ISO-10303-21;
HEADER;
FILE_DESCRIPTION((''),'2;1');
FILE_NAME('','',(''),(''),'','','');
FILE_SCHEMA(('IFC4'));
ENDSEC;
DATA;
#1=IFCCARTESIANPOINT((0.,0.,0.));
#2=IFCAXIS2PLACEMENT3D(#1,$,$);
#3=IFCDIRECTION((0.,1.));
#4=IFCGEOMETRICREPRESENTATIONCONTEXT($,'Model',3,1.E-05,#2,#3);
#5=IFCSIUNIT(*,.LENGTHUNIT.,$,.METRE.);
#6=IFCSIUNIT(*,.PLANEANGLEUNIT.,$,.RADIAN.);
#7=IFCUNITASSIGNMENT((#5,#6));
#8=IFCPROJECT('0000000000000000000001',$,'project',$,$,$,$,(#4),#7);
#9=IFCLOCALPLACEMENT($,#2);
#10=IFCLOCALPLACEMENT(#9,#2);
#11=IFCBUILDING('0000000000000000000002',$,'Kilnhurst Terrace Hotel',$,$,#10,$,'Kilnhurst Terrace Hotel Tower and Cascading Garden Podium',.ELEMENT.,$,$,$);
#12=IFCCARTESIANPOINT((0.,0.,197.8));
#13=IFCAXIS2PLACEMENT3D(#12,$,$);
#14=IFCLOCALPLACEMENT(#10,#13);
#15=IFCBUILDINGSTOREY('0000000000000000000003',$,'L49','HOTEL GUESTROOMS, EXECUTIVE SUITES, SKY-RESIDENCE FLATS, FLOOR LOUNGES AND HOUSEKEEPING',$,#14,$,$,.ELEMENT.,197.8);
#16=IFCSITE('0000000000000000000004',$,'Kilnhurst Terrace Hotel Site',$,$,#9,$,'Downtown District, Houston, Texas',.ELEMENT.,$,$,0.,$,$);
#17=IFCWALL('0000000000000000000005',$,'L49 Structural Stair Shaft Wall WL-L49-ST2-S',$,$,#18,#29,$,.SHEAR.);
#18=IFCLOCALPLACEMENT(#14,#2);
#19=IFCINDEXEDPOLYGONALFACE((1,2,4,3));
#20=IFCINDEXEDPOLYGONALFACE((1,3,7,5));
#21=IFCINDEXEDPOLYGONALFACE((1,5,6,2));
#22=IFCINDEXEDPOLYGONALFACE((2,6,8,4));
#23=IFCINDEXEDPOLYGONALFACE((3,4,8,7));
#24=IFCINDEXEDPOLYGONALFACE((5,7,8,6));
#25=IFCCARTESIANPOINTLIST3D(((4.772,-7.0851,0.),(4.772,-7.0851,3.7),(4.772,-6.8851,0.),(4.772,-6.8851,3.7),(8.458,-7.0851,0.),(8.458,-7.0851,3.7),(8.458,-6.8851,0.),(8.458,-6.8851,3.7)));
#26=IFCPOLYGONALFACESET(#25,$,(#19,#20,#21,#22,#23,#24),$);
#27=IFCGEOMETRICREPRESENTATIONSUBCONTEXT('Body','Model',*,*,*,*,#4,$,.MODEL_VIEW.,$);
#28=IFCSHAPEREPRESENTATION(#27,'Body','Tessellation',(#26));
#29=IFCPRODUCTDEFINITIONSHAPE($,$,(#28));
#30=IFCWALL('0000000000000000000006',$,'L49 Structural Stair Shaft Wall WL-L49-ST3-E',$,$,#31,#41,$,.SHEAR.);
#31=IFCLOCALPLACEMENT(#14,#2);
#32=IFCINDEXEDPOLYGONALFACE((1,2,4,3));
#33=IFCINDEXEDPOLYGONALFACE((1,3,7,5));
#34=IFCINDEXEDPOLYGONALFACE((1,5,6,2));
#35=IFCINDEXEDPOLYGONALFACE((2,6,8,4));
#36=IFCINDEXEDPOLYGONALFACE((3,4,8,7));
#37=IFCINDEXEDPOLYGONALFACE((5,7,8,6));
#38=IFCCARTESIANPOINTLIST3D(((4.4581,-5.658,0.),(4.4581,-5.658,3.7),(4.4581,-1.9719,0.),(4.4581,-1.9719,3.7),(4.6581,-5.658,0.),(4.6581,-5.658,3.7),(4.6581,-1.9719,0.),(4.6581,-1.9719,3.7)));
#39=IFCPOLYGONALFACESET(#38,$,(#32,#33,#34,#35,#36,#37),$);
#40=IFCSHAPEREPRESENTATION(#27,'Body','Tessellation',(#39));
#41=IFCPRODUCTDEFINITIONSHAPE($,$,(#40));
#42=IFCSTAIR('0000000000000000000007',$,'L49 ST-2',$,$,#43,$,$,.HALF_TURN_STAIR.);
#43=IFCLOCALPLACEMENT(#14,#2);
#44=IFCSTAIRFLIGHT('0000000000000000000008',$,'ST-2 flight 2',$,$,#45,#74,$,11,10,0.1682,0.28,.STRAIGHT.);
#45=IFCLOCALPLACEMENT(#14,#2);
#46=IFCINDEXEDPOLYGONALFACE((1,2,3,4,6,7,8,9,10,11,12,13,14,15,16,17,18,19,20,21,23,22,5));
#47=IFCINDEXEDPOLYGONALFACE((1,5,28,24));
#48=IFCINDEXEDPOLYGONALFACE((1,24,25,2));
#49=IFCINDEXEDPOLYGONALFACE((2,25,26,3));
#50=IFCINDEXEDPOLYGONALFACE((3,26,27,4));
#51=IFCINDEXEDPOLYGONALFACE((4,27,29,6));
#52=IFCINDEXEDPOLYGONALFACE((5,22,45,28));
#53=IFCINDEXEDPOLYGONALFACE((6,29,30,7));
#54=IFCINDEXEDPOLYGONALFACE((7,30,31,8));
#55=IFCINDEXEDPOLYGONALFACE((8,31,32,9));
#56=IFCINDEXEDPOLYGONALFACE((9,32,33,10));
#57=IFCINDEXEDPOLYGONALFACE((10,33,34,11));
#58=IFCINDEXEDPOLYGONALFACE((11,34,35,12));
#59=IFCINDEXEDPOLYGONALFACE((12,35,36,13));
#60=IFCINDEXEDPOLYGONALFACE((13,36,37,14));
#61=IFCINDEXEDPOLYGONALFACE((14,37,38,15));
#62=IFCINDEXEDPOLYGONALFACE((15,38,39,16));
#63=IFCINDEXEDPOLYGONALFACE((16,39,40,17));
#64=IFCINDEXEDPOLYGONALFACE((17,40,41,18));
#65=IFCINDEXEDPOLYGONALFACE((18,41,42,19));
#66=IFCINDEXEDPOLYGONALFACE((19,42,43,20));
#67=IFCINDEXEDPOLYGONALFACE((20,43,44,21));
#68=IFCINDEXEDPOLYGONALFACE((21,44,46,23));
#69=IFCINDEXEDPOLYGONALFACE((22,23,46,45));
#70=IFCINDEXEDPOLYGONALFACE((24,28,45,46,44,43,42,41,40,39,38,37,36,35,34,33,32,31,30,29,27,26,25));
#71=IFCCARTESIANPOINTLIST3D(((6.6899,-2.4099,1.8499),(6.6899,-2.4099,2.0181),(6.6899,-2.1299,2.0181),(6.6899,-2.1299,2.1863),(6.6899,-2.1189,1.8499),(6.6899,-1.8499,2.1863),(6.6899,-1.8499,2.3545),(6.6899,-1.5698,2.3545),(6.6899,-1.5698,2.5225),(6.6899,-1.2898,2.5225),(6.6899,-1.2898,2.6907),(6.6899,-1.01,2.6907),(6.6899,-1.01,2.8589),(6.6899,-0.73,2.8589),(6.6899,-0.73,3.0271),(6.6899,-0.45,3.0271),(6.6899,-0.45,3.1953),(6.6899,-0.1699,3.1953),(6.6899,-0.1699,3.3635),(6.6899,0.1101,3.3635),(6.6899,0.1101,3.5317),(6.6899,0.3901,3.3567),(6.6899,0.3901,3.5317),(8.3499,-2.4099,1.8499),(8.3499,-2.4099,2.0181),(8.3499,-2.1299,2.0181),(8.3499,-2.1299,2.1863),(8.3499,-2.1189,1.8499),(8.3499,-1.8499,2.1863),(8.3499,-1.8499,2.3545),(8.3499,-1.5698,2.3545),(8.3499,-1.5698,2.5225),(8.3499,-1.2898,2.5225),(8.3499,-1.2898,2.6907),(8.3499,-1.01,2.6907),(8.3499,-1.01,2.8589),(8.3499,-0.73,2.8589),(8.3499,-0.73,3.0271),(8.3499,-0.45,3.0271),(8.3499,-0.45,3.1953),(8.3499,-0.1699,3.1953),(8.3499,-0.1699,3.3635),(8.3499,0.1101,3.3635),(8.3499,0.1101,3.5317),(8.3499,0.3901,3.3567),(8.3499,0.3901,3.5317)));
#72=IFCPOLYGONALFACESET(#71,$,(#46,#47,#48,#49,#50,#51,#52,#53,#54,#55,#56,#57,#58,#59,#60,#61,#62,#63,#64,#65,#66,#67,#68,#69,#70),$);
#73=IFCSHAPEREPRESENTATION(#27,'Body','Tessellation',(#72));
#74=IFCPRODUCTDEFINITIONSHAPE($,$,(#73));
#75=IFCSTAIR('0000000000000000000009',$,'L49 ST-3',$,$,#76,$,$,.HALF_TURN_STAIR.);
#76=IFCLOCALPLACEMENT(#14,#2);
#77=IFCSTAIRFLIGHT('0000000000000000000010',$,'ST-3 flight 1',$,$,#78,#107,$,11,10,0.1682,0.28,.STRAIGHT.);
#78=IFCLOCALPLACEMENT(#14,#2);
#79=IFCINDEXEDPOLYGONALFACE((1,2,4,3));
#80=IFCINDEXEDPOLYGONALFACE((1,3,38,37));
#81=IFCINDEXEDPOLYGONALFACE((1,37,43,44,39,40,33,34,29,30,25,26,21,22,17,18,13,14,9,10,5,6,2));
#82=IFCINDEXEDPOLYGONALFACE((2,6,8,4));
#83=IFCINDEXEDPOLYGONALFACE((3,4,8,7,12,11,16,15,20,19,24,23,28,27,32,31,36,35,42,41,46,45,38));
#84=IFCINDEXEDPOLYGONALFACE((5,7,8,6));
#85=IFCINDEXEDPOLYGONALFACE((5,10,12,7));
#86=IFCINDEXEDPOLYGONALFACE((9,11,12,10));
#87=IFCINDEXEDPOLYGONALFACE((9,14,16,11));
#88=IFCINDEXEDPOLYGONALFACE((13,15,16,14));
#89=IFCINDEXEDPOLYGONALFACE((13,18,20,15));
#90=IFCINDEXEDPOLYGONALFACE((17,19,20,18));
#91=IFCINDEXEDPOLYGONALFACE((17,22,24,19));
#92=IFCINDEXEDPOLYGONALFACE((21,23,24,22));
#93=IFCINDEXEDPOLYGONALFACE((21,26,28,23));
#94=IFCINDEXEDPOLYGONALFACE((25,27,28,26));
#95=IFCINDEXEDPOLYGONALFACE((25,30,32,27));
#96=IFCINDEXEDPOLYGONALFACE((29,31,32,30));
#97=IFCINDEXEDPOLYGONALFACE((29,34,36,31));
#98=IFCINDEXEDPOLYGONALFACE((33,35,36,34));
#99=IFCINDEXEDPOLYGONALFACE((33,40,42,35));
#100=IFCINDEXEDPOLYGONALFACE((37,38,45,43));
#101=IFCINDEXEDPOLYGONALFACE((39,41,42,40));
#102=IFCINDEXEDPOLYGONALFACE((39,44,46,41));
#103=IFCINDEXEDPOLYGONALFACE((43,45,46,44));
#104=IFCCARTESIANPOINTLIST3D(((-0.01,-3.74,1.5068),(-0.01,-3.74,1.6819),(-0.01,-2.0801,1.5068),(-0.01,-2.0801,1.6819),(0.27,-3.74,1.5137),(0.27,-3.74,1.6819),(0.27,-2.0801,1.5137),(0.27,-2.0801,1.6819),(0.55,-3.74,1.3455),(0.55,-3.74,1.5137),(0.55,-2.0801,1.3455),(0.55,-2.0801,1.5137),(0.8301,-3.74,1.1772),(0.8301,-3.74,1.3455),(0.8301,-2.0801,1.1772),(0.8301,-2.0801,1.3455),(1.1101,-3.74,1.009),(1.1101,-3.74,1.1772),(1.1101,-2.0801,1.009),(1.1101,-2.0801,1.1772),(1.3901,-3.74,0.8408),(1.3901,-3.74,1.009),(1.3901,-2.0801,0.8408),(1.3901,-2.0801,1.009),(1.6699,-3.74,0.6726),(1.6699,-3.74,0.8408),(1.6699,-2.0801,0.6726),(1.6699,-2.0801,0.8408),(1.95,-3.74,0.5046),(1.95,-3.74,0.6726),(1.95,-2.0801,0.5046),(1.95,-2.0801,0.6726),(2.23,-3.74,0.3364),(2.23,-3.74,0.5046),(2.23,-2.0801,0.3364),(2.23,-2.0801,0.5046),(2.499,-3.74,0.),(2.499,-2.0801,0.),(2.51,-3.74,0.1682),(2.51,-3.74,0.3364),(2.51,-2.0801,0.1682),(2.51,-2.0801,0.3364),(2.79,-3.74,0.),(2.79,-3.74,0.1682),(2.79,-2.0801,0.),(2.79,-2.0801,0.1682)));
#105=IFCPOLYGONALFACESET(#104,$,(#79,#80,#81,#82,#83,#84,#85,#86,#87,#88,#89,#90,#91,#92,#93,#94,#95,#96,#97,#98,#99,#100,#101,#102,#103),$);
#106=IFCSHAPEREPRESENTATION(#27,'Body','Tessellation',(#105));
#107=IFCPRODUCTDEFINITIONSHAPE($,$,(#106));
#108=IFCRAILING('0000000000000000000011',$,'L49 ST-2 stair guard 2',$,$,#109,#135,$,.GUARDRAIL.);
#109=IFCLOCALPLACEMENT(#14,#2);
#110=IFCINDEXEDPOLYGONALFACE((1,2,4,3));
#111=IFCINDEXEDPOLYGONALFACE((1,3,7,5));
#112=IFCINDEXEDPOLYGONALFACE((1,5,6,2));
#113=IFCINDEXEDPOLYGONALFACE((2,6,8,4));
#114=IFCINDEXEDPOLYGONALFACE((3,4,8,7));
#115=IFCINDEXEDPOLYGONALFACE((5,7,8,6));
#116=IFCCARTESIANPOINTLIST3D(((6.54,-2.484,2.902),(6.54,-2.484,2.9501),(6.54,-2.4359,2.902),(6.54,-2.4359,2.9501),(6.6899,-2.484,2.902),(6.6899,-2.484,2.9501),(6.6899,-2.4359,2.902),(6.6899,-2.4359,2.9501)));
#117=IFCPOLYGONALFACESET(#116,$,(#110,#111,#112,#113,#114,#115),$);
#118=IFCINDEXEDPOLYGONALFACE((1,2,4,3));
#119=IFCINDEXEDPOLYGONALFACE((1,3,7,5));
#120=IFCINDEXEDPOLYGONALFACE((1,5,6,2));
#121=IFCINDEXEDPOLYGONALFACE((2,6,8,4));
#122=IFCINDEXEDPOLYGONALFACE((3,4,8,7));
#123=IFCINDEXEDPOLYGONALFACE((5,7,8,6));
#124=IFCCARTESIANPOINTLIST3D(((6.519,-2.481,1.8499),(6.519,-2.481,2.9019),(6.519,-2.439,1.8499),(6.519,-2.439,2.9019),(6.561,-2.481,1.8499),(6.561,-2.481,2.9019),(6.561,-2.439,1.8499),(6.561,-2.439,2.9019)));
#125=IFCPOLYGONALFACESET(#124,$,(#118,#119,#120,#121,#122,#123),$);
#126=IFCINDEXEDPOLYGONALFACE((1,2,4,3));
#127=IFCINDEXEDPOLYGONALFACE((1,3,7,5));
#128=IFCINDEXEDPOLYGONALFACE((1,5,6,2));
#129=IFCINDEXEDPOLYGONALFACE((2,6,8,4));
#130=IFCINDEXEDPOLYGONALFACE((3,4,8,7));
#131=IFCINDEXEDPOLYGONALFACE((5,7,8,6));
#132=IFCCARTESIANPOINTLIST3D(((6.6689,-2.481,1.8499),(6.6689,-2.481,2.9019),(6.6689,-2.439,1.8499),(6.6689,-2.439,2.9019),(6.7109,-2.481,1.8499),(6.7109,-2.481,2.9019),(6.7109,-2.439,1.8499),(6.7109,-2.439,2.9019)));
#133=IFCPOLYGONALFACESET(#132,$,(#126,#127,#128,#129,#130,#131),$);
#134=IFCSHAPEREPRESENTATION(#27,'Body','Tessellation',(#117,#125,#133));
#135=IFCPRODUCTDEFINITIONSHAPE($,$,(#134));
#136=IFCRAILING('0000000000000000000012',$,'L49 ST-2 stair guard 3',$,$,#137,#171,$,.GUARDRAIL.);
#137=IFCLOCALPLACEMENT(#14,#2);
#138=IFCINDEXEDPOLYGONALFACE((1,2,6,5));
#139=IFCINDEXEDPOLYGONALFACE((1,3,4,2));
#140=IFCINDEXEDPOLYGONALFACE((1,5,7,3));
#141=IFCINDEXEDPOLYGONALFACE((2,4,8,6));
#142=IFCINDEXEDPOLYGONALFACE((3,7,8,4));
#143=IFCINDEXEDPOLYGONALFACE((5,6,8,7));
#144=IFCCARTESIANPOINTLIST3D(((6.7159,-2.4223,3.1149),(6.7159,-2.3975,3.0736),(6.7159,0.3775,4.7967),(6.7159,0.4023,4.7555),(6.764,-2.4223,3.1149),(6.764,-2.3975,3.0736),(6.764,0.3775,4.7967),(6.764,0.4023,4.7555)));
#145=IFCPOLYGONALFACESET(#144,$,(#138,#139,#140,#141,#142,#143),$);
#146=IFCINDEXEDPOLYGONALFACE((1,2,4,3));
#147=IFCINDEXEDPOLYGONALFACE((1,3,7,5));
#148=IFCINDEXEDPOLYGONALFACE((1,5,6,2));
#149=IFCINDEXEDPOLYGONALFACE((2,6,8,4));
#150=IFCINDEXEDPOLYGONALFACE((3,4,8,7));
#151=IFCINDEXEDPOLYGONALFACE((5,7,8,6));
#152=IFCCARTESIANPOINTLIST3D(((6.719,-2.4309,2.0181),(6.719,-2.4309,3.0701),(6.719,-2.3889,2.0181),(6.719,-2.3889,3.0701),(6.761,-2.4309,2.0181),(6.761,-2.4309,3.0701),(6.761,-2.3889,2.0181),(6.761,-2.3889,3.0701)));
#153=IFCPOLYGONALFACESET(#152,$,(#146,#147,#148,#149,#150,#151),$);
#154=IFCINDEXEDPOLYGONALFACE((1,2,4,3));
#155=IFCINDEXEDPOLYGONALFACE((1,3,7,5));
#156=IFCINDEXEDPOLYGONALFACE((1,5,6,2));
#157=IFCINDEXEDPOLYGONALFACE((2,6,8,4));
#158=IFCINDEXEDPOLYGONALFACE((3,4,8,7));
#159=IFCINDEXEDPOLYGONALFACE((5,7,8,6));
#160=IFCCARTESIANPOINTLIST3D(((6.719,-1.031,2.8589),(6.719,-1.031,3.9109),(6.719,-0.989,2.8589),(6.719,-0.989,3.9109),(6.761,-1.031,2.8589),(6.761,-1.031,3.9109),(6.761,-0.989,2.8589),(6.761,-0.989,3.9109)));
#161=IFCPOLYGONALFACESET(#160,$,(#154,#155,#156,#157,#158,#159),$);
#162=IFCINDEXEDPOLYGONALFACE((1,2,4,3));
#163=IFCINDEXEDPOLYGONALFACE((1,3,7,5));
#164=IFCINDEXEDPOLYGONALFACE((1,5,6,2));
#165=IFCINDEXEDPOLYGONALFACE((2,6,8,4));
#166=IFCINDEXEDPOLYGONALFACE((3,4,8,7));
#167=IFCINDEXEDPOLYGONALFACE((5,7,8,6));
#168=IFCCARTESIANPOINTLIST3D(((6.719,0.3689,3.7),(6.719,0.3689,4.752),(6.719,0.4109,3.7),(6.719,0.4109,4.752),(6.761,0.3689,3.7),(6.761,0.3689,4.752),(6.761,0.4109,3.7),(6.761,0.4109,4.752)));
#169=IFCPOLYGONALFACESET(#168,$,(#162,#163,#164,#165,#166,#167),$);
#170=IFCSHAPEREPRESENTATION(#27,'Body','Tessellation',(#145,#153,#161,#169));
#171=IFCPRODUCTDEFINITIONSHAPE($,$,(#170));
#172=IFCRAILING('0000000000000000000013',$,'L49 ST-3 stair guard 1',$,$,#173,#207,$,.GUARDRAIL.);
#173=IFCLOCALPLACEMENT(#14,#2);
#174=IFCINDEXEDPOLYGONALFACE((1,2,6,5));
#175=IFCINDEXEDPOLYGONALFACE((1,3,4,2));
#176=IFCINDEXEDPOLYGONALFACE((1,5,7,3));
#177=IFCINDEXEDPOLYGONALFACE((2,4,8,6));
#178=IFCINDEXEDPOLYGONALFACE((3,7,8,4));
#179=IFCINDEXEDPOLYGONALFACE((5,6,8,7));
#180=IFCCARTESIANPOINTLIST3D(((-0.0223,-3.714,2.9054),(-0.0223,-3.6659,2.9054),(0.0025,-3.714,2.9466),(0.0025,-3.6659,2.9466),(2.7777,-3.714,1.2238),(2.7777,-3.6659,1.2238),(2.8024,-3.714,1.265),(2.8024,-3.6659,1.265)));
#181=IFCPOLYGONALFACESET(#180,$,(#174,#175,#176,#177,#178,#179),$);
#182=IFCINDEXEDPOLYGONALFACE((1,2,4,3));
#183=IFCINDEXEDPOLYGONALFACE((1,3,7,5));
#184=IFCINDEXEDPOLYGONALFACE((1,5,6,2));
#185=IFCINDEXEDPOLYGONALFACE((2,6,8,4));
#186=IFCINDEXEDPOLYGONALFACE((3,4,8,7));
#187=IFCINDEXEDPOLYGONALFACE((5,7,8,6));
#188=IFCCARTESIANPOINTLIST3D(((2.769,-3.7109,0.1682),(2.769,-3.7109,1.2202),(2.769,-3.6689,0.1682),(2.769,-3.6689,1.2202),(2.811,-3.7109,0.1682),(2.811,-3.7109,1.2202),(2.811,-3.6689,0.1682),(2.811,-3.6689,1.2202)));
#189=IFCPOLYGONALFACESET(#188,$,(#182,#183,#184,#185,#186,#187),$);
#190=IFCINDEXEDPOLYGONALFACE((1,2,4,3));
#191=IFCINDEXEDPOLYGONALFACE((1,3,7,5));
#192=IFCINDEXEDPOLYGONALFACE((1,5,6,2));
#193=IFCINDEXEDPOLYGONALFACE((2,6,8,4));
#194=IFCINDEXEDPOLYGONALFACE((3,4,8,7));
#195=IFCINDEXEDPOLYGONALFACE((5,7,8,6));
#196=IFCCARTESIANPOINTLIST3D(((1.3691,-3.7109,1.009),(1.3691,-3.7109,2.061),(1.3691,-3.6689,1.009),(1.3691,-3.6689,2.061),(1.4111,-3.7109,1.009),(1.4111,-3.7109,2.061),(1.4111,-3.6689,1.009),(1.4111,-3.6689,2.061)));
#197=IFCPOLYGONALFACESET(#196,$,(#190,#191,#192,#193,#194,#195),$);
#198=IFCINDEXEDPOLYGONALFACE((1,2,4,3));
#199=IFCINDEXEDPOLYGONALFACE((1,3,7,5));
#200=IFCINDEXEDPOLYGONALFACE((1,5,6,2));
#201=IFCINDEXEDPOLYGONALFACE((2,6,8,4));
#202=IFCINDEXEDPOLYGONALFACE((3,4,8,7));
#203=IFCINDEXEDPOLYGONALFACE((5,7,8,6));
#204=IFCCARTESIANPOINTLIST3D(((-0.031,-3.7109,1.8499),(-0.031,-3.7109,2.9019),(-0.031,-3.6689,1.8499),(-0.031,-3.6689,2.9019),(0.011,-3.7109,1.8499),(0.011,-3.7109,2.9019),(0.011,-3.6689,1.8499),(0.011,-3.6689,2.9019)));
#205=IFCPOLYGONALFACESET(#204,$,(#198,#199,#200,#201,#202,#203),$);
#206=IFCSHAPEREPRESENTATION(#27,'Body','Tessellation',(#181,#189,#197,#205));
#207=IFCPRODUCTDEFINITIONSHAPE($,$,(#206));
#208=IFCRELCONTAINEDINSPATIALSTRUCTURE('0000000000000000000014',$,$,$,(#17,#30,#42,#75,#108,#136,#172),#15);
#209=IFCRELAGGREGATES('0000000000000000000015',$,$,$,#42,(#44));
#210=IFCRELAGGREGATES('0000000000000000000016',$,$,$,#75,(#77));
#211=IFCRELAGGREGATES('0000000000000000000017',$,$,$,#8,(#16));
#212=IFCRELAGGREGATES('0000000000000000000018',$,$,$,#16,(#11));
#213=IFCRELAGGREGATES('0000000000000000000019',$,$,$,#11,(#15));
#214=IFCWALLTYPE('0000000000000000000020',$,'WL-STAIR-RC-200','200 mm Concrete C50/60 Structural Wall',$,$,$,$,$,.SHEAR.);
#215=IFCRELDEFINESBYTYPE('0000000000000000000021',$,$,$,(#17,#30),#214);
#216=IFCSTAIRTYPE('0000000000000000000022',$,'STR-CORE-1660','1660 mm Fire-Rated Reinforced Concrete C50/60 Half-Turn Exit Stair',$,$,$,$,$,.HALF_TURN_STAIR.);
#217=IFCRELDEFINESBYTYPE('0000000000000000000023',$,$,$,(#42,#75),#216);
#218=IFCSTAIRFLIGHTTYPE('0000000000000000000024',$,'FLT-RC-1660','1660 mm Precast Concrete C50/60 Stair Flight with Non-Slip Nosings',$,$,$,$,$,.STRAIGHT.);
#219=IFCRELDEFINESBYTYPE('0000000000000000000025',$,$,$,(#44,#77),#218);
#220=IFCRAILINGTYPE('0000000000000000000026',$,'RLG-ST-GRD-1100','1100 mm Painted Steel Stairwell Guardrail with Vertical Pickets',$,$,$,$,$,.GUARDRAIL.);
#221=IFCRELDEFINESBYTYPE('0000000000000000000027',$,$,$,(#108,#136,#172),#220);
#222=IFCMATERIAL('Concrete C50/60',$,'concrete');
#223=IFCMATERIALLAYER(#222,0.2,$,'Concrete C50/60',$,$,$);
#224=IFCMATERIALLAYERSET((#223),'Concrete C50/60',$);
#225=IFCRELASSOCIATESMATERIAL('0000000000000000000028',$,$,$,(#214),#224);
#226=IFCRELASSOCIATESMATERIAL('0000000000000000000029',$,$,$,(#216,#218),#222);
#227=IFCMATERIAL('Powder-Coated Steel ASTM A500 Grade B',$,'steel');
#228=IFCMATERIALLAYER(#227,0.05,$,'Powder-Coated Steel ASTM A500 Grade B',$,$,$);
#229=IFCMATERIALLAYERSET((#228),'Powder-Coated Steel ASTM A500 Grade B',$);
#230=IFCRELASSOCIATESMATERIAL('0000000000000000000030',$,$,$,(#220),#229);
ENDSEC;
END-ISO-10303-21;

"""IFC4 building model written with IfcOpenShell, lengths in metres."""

from ifc_helpers import new_model, si_unit, direction, frame, frame_2d, origin, origin_2d, place, context, subcontext, project, spatial, polyline, rectangle, outline, extrude, material, layer, layer_set, type_object, element, aggregate, save


model = new_model("IFC4")

# Units and contexts
model_context = context("Model", 3, precision=1e-05, world=origin(), true_north=direction((0.0, 1.0)))
body_context = subcontext(model_context, "Body", "Model", "MODEL_VIEW")
ifc_project = project(units=[si_unit("LENGTHUNIT", "METRE"), si_unit("PLANEANGLEUNIT", "RADIAN")], contexts=[model_context])

# Site, building, storey
site_placement = place(None, origin())
site = spatial("IfcSite", under=ifc_project, at=site_placement, Name="Kilnhurst Terrace Hotel Site", LongName="Downtown District, Houston, Texas", CompositionType="ELEMENT", RefElevation=0.0)
building_placement = place(site_placement, origin())
building = spatial("IfcBuilding", under=site, at=building_placement, Name="Kilnhurst Terrace Hotel", LongName="Kilnhurst Terrace Hotel Tower and Cascading Garden Podium", CompositionType="ELEMENT")
storey_placement = place(building_placement, frame((0.0, 0.0, 197.8)))
storey = spatial("IfcBuildingStorey", under=building, at=storey_placement, Name="L49", Description="HOTEL GUESTROOMS, EXECUTIVE SUITES, SKY-RESIDENCE FLATS, FLOOR LOUNGES AND HOUSEKEEPING", CompositionType="ELEMENT", Elevation=197.8)

# Shared definitions
ifc_material_1 = material(Name="Concrete C50/60", Category="concrete")

# Walls
ifc_layer_1 = layer(ifc_material_1, 0.2, Name="Concrete C50/60")
ifc_layer_set_1 = layer_set([ifc_layer_1], Name="Concrete C50/60")
wall_type_1 = type_object("IfcWallType", Name="WL-STAIR-RC-200", Description="200 mm Concrete C50/60 Structural Wall", PredefinedType="SHEAR", material=ifc_layer_set_1)
for number, where, z_axis, x_axis, name in (
    (1, (4.772, -6.9851, 0.0), (0.0, 0.0, 1.0), (1.0, 0.0, 0.0), "L49 Structural Stair Shaft Wall WL-L49-ST2-S"),
    (2, (4.5581, -5.658, 0.0), (0.0, 0.0, 1.0), (0.0, 1.0, 0.0), "L49 Structural Stair Shaft Wall WL-L49-ST3-E"),
):
    element("IfcWall", number, at=place(storey_placement, frame(where, z_axis=z_axis, x_axis=x_axis)), inside=storey, type_object=wall_type_1, Name=name, PredefinedType="SHEAR", context=body_context, shape_type="SweptSolid", body=[
        extrude(rectangle(XDim=3.686, YDim=0.2, at=frame_2d((1.843, 0.0))), origin(), (0.0, 0.0, 1.0), 3.7),
    ])

# Stairs, stair flights
stair_type = type_object("IfcStairType", Name="STR-CORE-1660", Description="1660 mm Fire-Rated Reinforced Concrete C50/60 Half-Turn Exit Stair", PredefinedType="HALF_TURN_STAIR", material=ifc_material_1)
stair_1_placement = place(storey_placement, origin())
stair_1 = element("IfcStair", 3, at=stair_1_placement, inside=storey, type_object=stair_type, Name="L49 ST-2", PredefinedType="HALF_TURN_STAIR")
stair_flight_type = type_object("IfcStairFlightType", Name="FLT-RC-1660", Description="1660 mm Precast Concrete C50/60 Stair Flight with Non-Slip Nosings", PredefinedType="STRAIGHT", material=ifc_material_1)
stair_flight_1_placement = place(storey_placement, frame((7.52, -2.4099, 1.8499), z_axis=(0.0, 0.0, 1.0), x_axis=(0.0, 1.0, 0.0)))
stair_flight_1 = element("IfcStairFlight", 4, at=stair_flight_1_placement, type_object=stair_flight_type, Name="ST-2 flight 2", NumberOfRisers=11, NumberOfTreads=10, PredefinedType="STRAIGHT", RiserHeight=0.1682, TreadLength=0.28, context=body_context, shape_type="SweptSolid", body=[
    extrude(outline(polyline([(0.0, 0.0), (0.0, 0.1682), (0.28, 0.1682), (0.28, 0.3364), (0.5601, 0.3364), (0.5601, 0.5046), (0.8401, 0.5046), (0.8401, 0.6726), (1.1201, 0.6726), (1.1201, 0.8408), (1.3999, 0.8408), (1.3999, 1.009), (1.6799, 1.009), (1.6799, 1.1772), (1.96, 1.1772), (1.96, 1.3455), (2.24, 1.3455), (2.24, 1.5137), (2.52, 1.5137), (2.52, 1.6819), (2.8, 1.6819), (2.8, 1.8501), (2.8, 1.5068), (0.291, 0.0), (0.0, 0.0)])), frame((0.0, 0.8301, 0.0), z_axis=(0.0, -1.0, 0.0), x_axis=(1.0, 0.0, 0.0)), (0.0, 0.0, 1.0), 1.6599),
])
aggregate(stair_1, [stair_flight_1])
stair_2_placement = place(storey_placement, origin())
stair_2 = element("IfcStair", 5, at=stair_2_placement, inside=storey, type_object=stair_type, Name="L49 ST-3", PredefinedType="HALF_TURN_STAIR")
stair_flight_2_placement = place(storey_placement, frame((2.79, -2.9099, 0.0), z_axis=(0.0, 0.0, 1.0), x_axis=(-1.0, 0.0, 0.0)))
stair_flight_2 = element("IfcStairFlight", 6, at=stair_flight_2_placement, type_object=stair_flight_type, Name="ST-3 flight 1", NumberOfRisers=11, NumberOfTreads=10, PredefinedType="STRAIGHT", RiserHeight=0.1682, TreadLength=0.28, context=body_context, shape_type="SweptSolid", body=[
    extrude(outline(polyline([(0.0, 0.0), (0.0, 0.1682), (0.28, 0.1682), (0.28, 0.3364), (0.5601, 0.3364), (0.5601, 0.5046), (0.8401, 0.5046), (0.8401, 0.6726), (1.1201, 0.6726), (1.1201, 0.8408), (1.3999, 0.8408), (1.3999, 1.009), (1.6799, 1.009), (1.6799, 1.1772), (1.96, 1.1772), (1.96, 1.3455), (2.24, 1.3455), (2.24, 1.5137), (2.52, 1.5137), (2.52, 1.6819), (2.8, 1.6819), (2.8, 1.8501), (2.8, 1.5068), (0.291, 0.0), (0.0, 0.0)])), frame((0.0, 0.8301, 0.0), z_axis=(0.0, -1.0, 0.0), x_axis=(1.0, 0.0, 0.0)), (0.0, 0.0, 1.0), 1.6599),
])
aggregate(stair_2, [stair_flight_2])

# Railings
ifc_material_2 = material(Name="Powder-Coated Steel ASTM A500 Grade B", Category="steel")
ifc_layer_2 = layer(ifc_material_2, 0.05, Name="Powder-Coated Steel ASTM A500 Grade B")
ifc_layer_set_2 = layer_set([ifc_layer_2], Name="Powder-Coated Steel ASTM A500 Grade B")
railing_type_1 = type_object("IfcRailingType", Name="RLG-ST-GRD-1100", Description="1100 mm Painted Steel Stairwell Guardrail with Vertical Pickets", PredefinedType="GUARDRAIL", material=ifc_layer_set_2)
railing_1_placement = place(storey_placement, frame((6.54, -2.46, 1.8499)))
element("IfcRailing", 7, at=railing_1_placement, inside=storey, type_object=railing_type_1, Name="L49 ST-2 stair guard 2", PredefinedType="GUARDRAIL", context=body_context, shape_type="SweptSolid", body=[
    extrude(rectangle(XDim=0.0481, YDim=0.0481, at=origin_2d()), frame((0.0, 0.0, 1.0762), z_axis=(1.0, 0.0, 0.0), x_axis=(0.0, 1.0, 0.0)), (0.0, 0.0, 1.0), 0.1499),
    extrude(rectangle(XDim=0.042, YDim=0.042, at=origin_2d()), origin(), (0.0, 0.0, 1.0), 1.052),
    extrude(rectangle(XDim=0.042, YDim=0.042, at=origin_2d()), frame((0.1499, 0.0, 0.0)), (0.0, 0.0, 1.0), 1.052),
])
railing_2_placement = place(storey_placement, frame((6.74, -2.4099, 2.0181)))
element("IfcRailing", 8, at=railing_2_placement, inside=storey, type_object=railing_type_1, Name="L49 ST-2 stair guard 3", PredefinedType="GUARDRAIL", context=body_context, shape_type="SweptSolid", body=[
    extrude(rectangle(XDim=0.0481, YDim=0.0481, at=origin_2d()), frame((0.0, 0.0, 1.0762), z_axis=(0.0, 0.857222, 0.514946), x_axis=(-1.0, 0.0, 0.0)), (0.0, 0.0, 1.0), 3.2661),
    extrude(rectangle(XDim=0.042, YDim=0.042, at=origin_2d()), origin(), (0.0, 0.0, 1.0), 1.052),
    extrude(rectangle(XDim=0.042, YDim=0.042, at=origin_2d()), frame((0.0, 1.3999, 0.8408)), (0.0, 0.0, 1.0), 1.052),
    extrude(rectangle(XDim=0.042, YDim=0.042, at=origin_2d()), frame((0.0, 2.7998, 1.6819)), (0.0, 0.0, 1.0), 1.052),
])
railing_3_placement = place(storey_placement, frame((2.79, -3.6899, 0.1682)))
element("IfcRailing", 9, at=railing_3_placement, inside=storey, type_object=railing_type_1, Name="L49 ST-3 stair guard 1", PredefinedType="GUARDRAIL", context=body_context, shape_type="SweptSolid", body=[
    extrude(rectangle(XDim=0.0481, YDim=0.0481, at=origin_2d()), frame((0.0, 0.0, 1.0762), z_axis=(-0.857275, 0.0, 0.514858), x_axis=(0.0, -1.0, 0.0)), (0.0, 0.0, 1.0), 3.2661),
    extrude(rectangle(XDim=0.042, YDim=0.042, at=origin_2d()), origin(), (0.0, 0.0, 1.0), 1.052),
    extrude(rectangle(XDim=0.042, YDim=0.042, at=origin_2d()), frame((-1.3999, 0.0, 0.8408)), (0.0, 0.0, 1.0), 1.052),
    extrude(rectangle(XDim=0.042, YDim=0.042, at=origin_2d()), frame((-2.8, 0.0, 1.6816)), (0.0, 0.0, 1.0), 1.052),
])

save(model, "model.ifc")
